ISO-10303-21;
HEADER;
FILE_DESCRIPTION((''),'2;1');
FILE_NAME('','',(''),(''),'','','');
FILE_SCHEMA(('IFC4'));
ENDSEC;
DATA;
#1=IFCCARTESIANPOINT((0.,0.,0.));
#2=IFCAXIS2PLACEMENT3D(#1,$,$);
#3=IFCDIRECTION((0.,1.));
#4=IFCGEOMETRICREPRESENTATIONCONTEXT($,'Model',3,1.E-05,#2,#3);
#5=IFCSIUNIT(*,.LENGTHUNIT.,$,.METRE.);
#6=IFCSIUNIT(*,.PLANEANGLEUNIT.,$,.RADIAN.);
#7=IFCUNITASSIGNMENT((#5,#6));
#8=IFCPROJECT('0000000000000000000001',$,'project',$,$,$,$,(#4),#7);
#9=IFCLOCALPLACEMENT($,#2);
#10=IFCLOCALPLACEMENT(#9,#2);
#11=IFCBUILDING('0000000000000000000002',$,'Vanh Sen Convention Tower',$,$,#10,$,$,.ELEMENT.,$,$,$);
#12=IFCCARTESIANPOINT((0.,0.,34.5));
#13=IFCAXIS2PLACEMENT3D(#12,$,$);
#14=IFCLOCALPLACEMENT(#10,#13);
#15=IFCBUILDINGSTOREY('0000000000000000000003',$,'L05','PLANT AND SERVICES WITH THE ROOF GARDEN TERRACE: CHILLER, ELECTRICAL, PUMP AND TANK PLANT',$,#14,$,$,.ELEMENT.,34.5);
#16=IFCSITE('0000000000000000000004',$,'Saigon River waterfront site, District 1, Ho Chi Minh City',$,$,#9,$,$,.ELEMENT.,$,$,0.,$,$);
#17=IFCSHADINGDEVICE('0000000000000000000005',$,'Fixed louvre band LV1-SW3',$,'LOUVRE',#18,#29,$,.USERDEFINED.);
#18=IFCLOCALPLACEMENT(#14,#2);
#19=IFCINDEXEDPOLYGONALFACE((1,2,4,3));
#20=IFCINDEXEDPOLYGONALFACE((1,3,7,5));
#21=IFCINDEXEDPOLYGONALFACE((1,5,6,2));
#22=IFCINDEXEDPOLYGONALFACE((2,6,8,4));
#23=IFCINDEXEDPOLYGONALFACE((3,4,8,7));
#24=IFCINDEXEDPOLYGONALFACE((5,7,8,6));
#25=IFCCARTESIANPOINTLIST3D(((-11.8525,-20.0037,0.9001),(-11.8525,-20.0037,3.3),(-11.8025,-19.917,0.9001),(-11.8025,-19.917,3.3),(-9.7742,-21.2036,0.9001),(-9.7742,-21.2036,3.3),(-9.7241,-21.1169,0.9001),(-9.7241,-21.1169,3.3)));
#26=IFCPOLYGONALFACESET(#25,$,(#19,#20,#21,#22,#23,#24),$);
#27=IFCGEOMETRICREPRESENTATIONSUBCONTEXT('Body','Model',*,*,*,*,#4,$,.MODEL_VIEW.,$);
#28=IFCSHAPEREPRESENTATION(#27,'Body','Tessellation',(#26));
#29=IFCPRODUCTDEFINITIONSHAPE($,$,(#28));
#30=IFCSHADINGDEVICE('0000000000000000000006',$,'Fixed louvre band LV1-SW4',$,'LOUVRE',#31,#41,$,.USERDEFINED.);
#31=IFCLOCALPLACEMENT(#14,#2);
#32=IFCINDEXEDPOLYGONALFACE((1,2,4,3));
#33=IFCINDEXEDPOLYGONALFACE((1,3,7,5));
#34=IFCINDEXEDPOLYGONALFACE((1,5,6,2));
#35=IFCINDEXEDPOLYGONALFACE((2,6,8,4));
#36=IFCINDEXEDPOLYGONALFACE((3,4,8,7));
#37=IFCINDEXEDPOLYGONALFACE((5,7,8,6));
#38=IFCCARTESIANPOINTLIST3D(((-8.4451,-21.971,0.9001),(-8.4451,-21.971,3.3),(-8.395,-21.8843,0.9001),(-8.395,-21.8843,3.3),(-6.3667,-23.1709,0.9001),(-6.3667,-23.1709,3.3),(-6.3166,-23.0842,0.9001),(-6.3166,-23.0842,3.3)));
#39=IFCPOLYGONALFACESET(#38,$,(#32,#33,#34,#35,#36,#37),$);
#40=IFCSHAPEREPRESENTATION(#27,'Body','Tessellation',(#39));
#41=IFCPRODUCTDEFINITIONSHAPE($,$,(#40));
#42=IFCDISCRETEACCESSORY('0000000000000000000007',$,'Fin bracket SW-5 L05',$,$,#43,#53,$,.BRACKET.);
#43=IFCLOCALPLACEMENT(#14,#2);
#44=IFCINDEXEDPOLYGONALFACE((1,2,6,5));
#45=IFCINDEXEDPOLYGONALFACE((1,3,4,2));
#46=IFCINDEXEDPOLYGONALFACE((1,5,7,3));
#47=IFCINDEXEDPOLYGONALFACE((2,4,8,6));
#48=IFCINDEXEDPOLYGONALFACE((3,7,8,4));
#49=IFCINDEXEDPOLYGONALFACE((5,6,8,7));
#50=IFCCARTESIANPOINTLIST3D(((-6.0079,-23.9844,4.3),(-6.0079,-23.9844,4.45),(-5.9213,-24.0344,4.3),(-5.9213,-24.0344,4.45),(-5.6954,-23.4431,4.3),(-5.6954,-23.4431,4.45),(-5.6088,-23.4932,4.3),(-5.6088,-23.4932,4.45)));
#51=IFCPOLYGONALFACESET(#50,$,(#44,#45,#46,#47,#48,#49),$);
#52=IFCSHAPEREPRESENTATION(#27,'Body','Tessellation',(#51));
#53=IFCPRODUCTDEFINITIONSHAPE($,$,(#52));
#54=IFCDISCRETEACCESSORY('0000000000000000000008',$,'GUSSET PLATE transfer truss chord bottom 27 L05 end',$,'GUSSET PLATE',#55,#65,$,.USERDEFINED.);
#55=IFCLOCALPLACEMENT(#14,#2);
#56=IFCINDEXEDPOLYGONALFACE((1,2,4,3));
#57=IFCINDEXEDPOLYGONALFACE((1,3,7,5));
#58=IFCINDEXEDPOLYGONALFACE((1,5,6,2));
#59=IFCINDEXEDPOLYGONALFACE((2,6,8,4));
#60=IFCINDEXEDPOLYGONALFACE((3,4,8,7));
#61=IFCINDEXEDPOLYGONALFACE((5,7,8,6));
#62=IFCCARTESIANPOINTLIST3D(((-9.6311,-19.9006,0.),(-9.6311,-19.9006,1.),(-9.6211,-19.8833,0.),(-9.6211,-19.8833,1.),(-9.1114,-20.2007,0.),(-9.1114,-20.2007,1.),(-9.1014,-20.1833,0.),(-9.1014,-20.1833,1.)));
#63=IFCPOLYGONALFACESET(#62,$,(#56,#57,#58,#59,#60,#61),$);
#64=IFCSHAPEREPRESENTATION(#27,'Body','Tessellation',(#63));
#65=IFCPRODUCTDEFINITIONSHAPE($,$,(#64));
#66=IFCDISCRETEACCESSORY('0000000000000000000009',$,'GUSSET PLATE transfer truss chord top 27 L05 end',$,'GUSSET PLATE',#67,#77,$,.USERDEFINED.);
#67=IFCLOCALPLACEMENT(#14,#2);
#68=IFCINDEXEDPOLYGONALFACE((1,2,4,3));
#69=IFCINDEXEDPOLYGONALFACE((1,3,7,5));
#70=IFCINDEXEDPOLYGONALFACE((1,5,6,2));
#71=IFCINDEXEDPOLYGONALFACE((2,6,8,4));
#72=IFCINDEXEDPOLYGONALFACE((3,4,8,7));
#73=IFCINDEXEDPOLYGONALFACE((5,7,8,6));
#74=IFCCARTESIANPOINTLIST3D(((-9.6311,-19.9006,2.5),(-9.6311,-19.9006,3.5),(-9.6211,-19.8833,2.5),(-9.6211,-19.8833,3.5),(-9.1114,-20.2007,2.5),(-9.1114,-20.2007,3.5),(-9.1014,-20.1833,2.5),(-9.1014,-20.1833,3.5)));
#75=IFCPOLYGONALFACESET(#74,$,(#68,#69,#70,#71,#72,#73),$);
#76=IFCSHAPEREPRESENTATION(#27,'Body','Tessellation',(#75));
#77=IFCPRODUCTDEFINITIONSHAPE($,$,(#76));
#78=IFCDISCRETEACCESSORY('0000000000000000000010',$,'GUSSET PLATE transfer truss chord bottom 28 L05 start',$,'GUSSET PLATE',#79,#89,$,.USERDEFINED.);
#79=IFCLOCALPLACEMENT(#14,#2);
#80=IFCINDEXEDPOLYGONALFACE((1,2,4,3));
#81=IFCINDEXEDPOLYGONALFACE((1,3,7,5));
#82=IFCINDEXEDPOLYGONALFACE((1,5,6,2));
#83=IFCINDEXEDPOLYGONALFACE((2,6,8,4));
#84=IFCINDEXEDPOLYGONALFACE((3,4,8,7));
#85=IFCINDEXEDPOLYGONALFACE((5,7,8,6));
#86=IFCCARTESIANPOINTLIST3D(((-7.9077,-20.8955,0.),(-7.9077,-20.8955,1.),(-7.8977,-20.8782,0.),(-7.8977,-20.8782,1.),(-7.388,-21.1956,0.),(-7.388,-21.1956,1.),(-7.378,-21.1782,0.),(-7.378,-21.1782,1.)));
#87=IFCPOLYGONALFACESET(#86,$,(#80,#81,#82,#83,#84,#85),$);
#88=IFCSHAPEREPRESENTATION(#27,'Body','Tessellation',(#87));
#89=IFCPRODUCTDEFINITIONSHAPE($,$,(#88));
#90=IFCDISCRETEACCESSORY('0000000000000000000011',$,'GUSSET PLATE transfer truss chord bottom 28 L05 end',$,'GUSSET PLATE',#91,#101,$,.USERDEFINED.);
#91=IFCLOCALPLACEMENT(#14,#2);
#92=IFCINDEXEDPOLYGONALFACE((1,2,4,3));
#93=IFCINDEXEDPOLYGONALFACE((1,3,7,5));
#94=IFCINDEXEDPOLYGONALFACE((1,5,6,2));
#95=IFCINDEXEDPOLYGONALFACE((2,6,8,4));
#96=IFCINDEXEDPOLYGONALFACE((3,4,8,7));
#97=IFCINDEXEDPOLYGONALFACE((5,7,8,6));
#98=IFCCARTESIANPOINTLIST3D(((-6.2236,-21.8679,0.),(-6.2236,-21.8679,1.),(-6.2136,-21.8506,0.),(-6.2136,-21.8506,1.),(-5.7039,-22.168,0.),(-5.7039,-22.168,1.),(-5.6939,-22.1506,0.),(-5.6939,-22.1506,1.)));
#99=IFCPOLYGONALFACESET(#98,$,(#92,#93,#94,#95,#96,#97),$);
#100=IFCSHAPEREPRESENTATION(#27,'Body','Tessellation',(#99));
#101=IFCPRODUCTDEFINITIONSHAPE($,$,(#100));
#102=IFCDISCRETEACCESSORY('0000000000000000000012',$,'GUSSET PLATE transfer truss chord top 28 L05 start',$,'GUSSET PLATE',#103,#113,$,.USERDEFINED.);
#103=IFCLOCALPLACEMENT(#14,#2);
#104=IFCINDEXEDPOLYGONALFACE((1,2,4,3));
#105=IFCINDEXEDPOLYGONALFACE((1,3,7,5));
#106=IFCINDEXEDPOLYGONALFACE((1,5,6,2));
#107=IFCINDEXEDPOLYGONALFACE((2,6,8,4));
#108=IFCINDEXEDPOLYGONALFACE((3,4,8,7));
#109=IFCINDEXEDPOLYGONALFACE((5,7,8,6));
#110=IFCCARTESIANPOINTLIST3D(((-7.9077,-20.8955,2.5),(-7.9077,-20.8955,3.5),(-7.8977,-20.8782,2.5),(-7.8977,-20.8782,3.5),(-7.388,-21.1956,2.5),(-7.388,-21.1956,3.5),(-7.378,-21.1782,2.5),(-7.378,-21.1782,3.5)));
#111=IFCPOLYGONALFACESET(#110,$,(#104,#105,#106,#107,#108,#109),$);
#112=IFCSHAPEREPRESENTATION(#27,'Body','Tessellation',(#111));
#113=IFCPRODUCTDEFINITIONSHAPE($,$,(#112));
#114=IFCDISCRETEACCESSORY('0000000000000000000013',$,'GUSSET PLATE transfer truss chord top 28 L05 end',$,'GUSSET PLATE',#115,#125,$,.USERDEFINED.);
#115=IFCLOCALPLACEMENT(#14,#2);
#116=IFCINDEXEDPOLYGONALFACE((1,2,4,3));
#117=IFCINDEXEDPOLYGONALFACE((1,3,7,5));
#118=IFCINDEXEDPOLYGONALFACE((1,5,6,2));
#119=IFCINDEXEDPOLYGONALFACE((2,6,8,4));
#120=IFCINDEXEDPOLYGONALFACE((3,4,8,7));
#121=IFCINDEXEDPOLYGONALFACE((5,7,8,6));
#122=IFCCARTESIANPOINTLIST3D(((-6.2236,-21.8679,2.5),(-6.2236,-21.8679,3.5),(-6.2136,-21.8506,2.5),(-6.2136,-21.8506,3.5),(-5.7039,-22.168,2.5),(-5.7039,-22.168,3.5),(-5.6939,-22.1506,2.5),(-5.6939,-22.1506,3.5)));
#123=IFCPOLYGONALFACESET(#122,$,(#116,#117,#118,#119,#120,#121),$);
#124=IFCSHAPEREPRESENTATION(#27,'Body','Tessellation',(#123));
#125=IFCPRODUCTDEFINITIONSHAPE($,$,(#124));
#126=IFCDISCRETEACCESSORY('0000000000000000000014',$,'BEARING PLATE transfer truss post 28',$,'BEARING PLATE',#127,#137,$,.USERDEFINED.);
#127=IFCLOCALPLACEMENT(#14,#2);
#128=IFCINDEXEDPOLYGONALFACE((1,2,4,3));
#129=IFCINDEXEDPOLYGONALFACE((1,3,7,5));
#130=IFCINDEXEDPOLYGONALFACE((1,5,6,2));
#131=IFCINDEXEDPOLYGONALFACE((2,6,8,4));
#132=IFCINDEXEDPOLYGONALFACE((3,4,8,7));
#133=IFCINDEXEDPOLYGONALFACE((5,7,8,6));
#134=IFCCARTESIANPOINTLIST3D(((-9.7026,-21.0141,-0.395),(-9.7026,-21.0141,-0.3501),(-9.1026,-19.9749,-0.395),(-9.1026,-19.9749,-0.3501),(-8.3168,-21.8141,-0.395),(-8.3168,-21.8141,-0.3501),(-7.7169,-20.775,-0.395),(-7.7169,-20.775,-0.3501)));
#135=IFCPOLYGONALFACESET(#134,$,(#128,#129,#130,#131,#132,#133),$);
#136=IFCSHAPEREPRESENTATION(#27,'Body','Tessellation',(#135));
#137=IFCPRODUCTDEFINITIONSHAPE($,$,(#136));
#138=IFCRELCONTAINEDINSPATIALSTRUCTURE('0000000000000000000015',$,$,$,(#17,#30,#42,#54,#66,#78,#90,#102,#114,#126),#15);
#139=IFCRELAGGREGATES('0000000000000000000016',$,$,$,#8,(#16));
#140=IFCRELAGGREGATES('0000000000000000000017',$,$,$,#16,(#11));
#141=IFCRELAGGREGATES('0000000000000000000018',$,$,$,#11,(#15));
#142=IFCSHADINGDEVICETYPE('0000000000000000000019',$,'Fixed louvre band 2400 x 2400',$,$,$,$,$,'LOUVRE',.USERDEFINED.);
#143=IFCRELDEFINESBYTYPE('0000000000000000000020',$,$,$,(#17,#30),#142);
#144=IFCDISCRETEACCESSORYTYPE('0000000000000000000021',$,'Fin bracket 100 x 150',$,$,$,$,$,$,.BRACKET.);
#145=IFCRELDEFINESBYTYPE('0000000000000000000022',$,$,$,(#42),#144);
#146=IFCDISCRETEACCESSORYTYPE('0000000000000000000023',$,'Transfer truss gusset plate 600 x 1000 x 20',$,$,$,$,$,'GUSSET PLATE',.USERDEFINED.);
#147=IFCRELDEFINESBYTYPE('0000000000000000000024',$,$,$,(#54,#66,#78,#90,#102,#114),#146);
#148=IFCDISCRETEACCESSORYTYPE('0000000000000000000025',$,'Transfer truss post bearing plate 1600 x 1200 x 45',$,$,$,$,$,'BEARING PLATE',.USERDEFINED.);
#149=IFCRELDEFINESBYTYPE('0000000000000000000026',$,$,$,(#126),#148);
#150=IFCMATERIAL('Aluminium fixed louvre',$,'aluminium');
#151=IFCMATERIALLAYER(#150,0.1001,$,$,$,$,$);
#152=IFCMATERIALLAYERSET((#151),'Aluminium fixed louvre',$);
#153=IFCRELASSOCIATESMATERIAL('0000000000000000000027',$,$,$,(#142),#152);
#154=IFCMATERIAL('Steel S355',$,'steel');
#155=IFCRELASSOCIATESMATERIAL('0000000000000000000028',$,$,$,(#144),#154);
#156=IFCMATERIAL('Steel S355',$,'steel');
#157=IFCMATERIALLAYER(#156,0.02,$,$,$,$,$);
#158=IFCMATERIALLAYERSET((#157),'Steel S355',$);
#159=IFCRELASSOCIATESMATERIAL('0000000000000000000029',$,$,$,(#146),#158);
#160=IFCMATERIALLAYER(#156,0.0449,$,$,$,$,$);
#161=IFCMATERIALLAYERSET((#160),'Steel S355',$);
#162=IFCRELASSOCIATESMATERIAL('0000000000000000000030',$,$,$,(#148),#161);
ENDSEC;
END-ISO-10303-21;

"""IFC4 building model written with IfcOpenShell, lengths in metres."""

from ifc_helpers import new_model, si_unit, direction, frame, origin, origin_2d, place, context, subcontext, project, spatial, rectangle, extrude, material, layer, layer_set, type_object, element, save


model = new_model("IFC4")

# Units and contexts
model_context = context("Model", 3, precision=1e-05, world=origin(), true_north=direction((0.0, 1.0)))
body_context = subcontext(model_context, "Body", "Model", "MODEL_VIEW")
ifc_project = project(units=[si_unit("LENGTHUNIT", "METRE"), si_unit("PLANEANGLEUNIT", "RADIAN")], contexts=[model_context])

# Site, building, storey
site_placement = place(None, origin())
site = spatial("IfcSite", under=ifc_project, at=site_placement, Name="Saigon River waterfront site, District 1, Ho Chi Minh City", CompositionType="ELEMENT", RefElevation=0.0)
building_placement = place(site_placement, origin())
building = spatial("IfcBuilding", under=site, at=building_placement, Name="Vanh Sen Convention Tower", CompositionType="ELEMENT")
storey_placement = place(building_placement, frame((0.0, 0.0, 34.5)))
storey = spatial("IfcBuildingStorey", under=building, at=storey_placement, Name="L05", Description="PLANT AND SERVICES WITH THE ROOF GARDEN TERRACE: CHILLER, ELECTRICAL, PUMP AND TANK PLANT", CompositionType="ELEMENT", Elevation=34.5)

# Shared definitions
ifc_material_1 = material(Name="Steel S355", Category="steel")

# Shading devices
ifc_material_2 = material(Name="Aluminium fixed louvre", Category="aluminium")
ifc_layer_1 = layer(ifc_material_2, 0.1001)
ifc_layer_set_1 = layer_set([ifc_layer_1], Name="Aluminium fixed louvre")
shading_device_type = type_object("IfcShadingDeviceType", Name="Fixed louvre band 2400 x 2400", ElementType="LOUVRE", PredefinedType="USERDEFINED", material=ifc_layer_set_1)
for number, where, z_axis, x_axis, name in (
    (1, (-10.7883, -20.5603, 0.9001), (0.0, 0.0, 1.0), (0.866027, -0.499997, 0.0), "Fixed louvre band LV1-SW3"),
    (2, (-7.3809, -22.5276, 0.9001), (0.0, 0.0, 1.0), (0.866027, -0.499997, 0.0), "Fixed louvre band LV1-SW4"),
):
    element("IfcShadingDevice", number, at=place(storey_placement, frame(where, z_axis=z_axis, x_axis=x_axis)), inside=storey, type_object=shading_device_type, Name=name, ObjectType="LOUVRE", PredefinedType="USERDEFINED", context=body_context, shape_type="SweptSolid", body=[
        extrude(rectangle(XDim=2.3999, YDim=0.1001, at=origin_2d()), origin(), (0.0, 0.0, 1.0), 2.3999),
    ])

# Discrete accessories
ifc_material_3 = material(Name="Steel S355", Category="steel")
discrete_accessory_type_1 = type_object("IfcDiscreteAccessoryType", Name="Fin bracket 100 x 150", PredefinedType="BRACKET", material=ifc_material_3)
discrete_accessory_1_placement = place(storey_placement, frame((-5.8083, -23.7388, 4.3), z_axis=(0.0, 0.0, 1.0), x_axis=(-0.5, -0.866025, 0.0)))
element("IfcDiscreteAccessory", 3, at=discrete_accessory_1_placement, inside=storey, type_object=discrete_accessory_type_1, Name="Fin bracket SW-5 L05", PredefinedType="BRACKET", context=body_context, shape_type="SweptSolid", body=[
    extrude(rectangle(XDim=0.625, YDim=0.1001, at=origin_2d()), origin(), (0.0, 0.0, 1.0), 0.1499),
])
ifc_layer_2 = layer(ifc_material_1, 0.02)
ifc_layer_set_2 = layer_set([ifc_layer_2], Name="Steel S355")
discrete_accessory_type_2 = type_object("IfcDiscreteAccessoryType", Name="Transfer truss gusset plate 600 x 1000 x 20", ElementType="GUSSET PLATE", PredefinedType="USERDEFINED", material=ifc_layer_set_2)
for number, where, z_axis, x_axis, name in (
    (4, (-9.3662, -20.042, 0.0), (0.0, 0.0, 1.0), (-0.866028, 0.499995, 0.0), "GUSSET PLATE transfer truss chord bottom 27 L05 end"),
    (5, (-9.3662, -20.042, 2.5), (0.0, 0.0, 1.0), (-0.866028, 0.499995, 0.0), "GUSSET PLATE transfer truss chord top 27 L05 end"),
    (6, (-7.6428, -21.0369, 0.0), (0.0, 0.0, 1.0), (0.866028, -0.499995, 0.0), "GUSSET PLATE transfer truss chord bottom 28 L05 start"),
    (7, (-5.9587, -22.0093, 0.0), (0.0, 0.0, 1.0), (-0.866028, 0.499995, 0.0), "GUSSET PLATE transfer truss chord bottom 28 L05 end"),
    (8, (-7.6428, -21.0369, 2.5), (0.0, 0.0, 1.0), (0.866028, -0.499995, 0.0), "GUSSET PLATE transfer truss chord top 28 L05 start"),
    (9, (-5.9587, -22.0093, 2.5), (0.0, 0.0, 1.0), (-0.866028, 0.499995, 0.0), "GUSSET PLATE transfer truss chord top 28 L05 end"),
):
    element("IfcDiscreteAccessory", number, at=place(storey_placement, frame(where, z_axis=z_axis, x_axis=x_axis)), inside=storey, type_object=discrete_accessory_type_2, Name=name, ObjectType="GUSSET PLATE", PredefinedType="USERDEFINED", context=body_context, shape_type="SweptSolid", body=[
        extrude(rectangle(XDim=0.6001, YDim=0.02, at=origin_2d()), origin(), (0.0, 0.0, 1.0), 1.0),
    ])
ifc_layer_3 = layer(ifc_material_1, 0.0449)
ifc_layer_set_3 = layer_set([ifc_layer_3], Name="Steel S355")
discrete_accessory_type_3 = type_object("IfcDiscreteAccessoryType", Name="Transfer truss post bearing plate 1600 x 1200 x 45", ElementType="BEARING PLATE", PredefinedType="USERDEFINED", material=ifc_layer_set_3)
discrete_accessory_2_placement = place(storey_placement, frame((-8.7097, -20.8945, -0.395), z_axis=(0.0, 0.0, 1.0), x_axis=(0.866025, -0.5, 0.0)))
element("IfcDiscreteAccessory", 10, at=discrete_accessory_2_placement, inside=storey, type_object=discrete_accessory_type_3, Name="BEARING PLATE transfer truss post 28", ObjectType="BEARING PLATE", PredefinedType="USERDEFINED", context=body_context, shape_type="SweptSolid", body=[
    extrude(rectangle(XDim=1.6001, YDim=1.2, at=origin_2d()), origin(), (0.0, 0.0, 1.0), 0.0449),
])

save(model, "model.ifc")
